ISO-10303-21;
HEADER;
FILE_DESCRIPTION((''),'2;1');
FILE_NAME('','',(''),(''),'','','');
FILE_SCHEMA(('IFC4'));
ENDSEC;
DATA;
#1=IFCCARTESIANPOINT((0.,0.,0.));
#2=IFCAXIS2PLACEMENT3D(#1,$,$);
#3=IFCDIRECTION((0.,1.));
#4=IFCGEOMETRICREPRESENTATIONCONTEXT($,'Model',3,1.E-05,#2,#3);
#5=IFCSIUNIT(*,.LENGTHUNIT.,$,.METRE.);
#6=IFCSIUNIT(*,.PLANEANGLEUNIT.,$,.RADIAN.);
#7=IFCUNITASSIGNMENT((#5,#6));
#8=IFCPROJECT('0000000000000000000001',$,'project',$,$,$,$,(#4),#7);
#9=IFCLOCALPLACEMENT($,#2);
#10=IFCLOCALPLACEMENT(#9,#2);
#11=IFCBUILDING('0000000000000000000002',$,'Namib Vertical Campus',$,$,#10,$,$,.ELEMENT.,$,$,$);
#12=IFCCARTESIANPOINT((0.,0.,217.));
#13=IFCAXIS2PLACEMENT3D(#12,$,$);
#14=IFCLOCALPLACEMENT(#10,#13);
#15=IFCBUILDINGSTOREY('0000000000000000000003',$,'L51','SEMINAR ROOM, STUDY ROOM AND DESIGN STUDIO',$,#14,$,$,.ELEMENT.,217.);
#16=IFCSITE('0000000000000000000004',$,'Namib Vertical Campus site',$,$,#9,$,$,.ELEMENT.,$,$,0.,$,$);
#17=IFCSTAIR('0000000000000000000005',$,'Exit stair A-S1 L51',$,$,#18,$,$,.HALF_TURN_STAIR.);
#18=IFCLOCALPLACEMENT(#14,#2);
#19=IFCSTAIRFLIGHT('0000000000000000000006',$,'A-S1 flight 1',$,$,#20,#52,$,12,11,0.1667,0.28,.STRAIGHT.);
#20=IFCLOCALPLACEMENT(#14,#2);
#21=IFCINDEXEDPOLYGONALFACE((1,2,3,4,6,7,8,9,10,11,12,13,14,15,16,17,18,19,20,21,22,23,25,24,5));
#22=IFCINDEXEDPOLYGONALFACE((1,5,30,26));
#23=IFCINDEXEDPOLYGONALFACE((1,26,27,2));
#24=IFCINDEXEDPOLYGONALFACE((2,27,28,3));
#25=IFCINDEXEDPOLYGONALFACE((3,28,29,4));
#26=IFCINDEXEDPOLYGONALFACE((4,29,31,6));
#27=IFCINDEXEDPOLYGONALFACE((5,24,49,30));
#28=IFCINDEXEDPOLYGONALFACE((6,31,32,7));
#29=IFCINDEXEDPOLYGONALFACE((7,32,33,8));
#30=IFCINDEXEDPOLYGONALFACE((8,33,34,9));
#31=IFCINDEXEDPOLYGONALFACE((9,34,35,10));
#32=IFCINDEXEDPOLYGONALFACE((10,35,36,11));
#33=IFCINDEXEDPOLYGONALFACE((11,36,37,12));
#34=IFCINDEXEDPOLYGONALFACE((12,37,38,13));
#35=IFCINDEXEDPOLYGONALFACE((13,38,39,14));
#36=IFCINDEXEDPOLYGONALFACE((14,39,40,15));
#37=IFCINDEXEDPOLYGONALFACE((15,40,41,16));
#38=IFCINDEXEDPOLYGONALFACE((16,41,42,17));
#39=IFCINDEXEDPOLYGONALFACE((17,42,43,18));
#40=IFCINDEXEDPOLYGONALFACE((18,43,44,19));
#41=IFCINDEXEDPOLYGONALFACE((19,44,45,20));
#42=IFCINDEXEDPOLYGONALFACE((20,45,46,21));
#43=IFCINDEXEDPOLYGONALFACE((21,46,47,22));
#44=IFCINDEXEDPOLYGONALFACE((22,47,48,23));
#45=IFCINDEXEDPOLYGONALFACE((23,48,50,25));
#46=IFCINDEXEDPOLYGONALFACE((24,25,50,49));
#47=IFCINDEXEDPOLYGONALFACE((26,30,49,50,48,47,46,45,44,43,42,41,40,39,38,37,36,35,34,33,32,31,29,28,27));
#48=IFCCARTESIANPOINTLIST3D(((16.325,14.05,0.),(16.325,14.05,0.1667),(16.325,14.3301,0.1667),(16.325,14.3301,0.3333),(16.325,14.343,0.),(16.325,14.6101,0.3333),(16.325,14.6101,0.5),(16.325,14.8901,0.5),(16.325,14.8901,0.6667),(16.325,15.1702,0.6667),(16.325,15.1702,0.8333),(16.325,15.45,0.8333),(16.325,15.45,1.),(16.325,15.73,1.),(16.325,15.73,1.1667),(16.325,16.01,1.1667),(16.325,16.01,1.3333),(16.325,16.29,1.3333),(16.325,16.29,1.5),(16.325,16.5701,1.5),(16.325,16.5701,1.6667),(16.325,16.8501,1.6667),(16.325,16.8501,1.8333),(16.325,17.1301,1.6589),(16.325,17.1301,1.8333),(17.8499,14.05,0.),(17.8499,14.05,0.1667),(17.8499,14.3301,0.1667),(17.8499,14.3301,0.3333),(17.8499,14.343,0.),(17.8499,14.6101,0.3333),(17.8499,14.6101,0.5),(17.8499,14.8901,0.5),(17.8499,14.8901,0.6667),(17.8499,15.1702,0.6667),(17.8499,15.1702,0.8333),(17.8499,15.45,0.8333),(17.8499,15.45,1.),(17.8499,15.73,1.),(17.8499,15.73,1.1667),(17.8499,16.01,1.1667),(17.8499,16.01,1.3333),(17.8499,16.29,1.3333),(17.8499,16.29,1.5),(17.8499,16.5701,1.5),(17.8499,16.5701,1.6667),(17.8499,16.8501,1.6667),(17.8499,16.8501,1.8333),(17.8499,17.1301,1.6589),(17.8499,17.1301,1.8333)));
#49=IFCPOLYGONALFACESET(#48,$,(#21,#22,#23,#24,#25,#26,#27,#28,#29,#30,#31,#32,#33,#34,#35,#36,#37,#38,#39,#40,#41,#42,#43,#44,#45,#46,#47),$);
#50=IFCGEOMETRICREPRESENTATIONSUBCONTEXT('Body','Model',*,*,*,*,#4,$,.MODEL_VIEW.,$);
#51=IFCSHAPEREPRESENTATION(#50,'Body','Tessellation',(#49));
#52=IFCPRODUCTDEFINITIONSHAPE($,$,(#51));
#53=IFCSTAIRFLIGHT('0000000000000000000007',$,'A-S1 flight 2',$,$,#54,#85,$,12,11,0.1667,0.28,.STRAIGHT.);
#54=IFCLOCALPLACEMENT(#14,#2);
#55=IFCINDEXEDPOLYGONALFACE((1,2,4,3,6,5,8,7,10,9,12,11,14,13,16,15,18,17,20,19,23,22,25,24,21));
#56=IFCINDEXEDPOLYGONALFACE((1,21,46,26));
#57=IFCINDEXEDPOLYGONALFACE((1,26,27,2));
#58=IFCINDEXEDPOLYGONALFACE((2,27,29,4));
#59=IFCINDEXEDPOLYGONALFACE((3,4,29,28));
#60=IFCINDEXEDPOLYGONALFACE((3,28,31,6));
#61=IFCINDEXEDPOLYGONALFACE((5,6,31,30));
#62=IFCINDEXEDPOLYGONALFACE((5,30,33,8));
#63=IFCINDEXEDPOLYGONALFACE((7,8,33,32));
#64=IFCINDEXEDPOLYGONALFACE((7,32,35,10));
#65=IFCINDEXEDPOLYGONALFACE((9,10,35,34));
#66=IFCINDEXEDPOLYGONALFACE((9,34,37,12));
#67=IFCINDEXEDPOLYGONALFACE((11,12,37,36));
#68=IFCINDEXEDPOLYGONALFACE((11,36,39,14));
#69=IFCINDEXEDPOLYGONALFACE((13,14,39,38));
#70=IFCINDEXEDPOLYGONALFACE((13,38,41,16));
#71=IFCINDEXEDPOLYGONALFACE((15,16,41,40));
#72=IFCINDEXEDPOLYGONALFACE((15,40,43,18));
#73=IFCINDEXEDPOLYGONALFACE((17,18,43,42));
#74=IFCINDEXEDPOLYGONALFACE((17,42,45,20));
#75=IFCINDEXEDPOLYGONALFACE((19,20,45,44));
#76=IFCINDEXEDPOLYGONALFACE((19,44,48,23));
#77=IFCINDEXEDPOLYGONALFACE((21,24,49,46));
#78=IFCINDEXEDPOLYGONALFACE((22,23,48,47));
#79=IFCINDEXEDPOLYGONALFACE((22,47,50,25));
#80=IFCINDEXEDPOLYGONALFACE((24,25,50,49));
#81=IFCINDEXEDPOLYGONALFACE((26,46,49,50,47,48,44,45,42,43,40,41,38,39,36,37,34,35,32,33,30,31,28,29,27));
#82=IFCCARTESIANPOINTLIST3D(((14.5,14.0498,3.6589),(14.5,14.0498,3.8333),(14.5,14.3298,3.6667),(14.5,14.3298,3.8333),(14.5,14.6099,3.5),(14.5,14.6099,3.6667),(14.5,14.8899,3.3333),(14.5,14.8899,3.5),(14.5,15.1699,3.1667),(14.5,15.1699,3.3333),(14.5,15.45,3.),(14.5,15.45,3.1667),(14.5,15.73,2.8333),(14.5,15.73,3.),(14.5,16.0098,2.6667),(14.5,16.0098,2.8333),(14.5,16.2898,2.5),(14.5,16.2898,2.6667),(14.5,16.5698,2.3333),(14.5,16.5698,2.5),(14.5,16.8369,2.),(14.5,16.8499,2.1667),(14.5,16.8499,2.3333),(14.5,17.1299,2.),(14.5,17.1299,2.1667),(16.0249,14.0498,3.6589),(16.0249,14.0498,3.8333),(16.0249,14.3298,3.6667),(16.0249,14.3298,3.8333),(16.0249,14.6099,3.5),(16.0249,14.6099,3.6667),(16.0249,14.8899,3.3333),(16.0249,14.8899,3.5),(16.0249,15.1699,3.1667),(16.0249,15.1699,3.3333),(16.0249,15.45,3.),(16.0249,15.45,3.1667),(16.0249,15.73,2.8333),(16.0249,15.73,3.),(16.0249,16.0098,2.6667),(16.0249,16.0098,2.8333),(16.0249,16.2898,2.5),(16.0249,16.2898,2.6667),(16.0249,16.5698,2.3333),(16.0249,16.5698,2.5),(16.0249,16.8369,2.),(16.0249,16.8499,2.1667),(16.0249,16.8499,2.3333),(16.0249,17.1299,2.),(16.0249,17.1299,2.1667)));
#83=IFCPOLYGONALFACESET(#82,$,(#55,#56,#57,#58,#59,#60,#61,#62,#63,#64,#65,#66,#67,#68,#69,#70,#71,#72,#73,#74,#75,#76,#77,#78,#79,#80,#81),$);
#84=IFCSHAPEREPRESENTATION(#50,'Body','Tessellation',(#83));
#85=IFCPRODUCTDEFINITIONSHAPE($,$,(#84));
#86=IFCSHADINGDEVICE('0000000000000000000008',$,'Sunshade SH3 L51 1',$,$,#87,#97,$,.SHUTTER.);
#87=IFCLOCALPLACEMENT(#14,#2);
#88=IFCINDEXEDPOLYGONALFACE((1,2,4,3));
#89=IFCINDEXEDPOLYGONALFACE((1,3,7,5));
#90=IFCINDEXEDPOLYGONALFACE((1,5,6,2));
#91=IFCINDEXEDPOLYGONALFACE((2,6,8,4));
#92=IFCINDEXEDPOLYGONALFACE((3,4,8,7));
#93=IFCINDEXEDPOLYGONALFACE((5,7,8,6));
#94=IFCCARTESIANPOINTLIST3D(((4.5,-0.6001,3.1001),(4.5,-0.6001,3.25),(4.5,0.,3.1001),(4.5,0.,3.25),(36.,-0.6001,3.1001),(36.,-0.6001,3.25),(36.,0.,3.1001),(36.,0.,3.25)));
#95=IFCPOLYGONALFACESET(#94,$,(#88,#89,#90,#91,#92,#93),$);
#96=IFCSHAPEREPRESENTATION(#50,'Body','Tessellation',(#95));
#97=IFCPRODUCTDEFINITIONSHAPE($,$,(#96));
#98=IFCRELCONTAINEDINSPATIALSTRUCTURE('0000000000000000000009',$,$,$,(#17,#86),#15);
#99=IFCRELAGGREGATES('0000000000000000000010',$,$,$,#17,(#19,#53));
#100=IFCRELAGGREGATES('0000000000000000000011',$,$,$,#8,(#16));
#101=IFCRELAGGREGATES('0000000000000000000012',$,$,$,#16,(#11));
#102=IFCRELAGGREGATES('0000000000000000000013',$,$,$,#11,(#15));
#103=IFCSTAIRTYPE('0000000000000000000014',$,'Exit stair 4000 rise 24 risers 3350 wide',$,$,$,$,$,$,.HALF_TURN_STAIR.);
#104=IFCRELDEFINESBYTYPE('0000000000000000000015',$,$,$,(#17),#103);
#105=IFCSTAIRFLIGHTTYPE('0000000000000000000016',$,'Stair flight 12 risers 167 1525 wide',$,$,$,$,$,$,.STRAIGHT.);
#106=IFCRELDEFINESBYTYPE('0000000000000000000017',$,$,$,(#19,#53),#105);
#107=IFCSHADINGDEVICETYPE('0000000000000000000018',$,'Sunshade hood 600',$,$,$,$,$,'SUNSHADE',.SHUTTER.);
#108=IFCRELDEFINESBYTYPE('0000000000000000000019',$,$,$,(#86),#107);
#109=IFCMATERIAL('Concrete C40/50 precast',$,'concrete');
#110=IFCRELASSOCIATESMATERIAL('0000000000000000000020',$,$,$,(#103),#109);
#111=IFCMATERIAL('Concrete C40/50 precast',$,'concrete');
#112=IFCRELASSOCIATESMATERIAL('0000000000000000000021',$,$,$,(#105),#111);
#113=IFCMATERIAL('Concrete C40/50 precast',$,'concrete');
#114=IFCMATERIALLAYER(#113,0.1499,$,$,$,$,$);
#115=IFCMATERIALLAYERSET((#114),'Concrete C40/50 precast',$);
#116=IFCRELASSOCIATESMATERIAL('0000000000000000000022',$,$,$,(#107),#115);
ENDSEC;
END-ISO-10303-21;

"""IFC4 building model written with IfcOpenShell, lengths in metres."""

from ifc_helpers import new_model, si_unit, direction, frame, origin, origin_2d, place, context, subcontext, project, spatial, polyline, rectangle, outline, extrude, material, layer, layer_set, type_object, element, aggregate, save


model = new_model("IFC4")

# Units and contexts
model_context = context("Model", 3, precision=1e-05, world=origin(), true_north=direction((0.0, 1.0)))
body_context = subcontext(model_context, "Body", "Model", "MODEL_VIEW")
ifc_project = project(units=[si_unit("LENGTHUNIT", "METRE"), si_unit("PLANEANGLEUNIT", "RADIAN")], contexts=[model_context])

# Site, building, storey
site_placement = place(None, origin())
site = spatial("IfcSite", under=ifc_project, at=site_placement, Name="Namib Vertical Campus site", CompositionType="ELEMENT", RefElevation=0.0)
building_placement = place(site_placement, origin())
building = spatial("IfcBuilding", under=site, at=building_placement, Name="Namib Vertical Campus", CompositionType="ELEMENT")
storey_placement = place(building_placement, frame((0.0, 0.0, 217.0)))
storey = spatial("IfcBuildingStorey", under=building, at=storey_placement, Name="L51", Description="SEMINAR ROOM, STUDY ROOM AND DESIGN STUDIO", CompositionType="ELEMENT", Elevation=217.0)

# Stair, stair flights
ifc_material_1 = material(Name="Concrete C40/50 precast", Category="concrete")
stair_type = type_object("IfcStairType", Name="Exit stair 4000 rise 24 risers 3350 wide", PredefinedType="HALF_TURN_STAIR", material=ifc_material_1)
stair_placement = place(storey_placement, origin())
stair = element("IfcStair", 1, at=stair_placement, inside=storey, type_object=stair_type, Name="Exit stair A-S1 L51", PredefinedType="HALF_TURN_STAIR")
ifc_material_2 = material(Name="Concrete C40/50 precast", Category="concrete")
stair_flight_type = type_object("IfcStairFlightType", Name="Stair flight 12 risers 167 1525 wide", PredefinedType="STRAIGHT", material=ifc_material_2)
stair_flight_1_placement = place(storey_placement, frame((17.0874, 14.05, 0.0), z_axis=(0.0, 0.0, 1.0), x_axis=(0.0, 1.0, 0.0)))
stair_flight_1 = element("IfcStairFlight", 2, at=stair_flight_1_placement, type_object=stair_flight_type, Name="A-S1 flight 1", NumberOfRisers=12, NumberOfTreads=11, PredefinedType="STRAIGHT", RiserHeight=0.1667, TreadLength=0.28, context=body_context, shape_type="SweptSolid", body=[
    extrude(outline(polyline([(0.0, 0.0), (0.0, 0.1667), (0.28, 0.1667), (0.28, 0.3333), (0.5601, 0.3333), (0.5601, 0.5), (0.8401, 0.5), (0.8401, 0.6667), (1.1201, 0.6667), (1.1201, 0.8333), (1.3999, 0.8333), (1.3999, 1.0), (1.6799, 1.0), (1.6799, 1.1667), (1.96, 1.1667), (1.96, 1.3333), (2.24, 1.3333), (2.24, 1.5), (2.52, 1.5), (2.52, 1.6667), (2.8, 1.6667), (2.8, 1.8333), (3.0801, 1.8333), (3.0801, 2.0), (3.0801, 1.6589), (0.293, 0.0), (0.0, 0.0)])), frame((0.0, 0.7625, 0.0), z_axis=(0.0, -1.0, 0.0), x_axis=(1.0, 0.0, 0.0)), (0.0, 0.0, 1.0), 1.5249),
])
stair_flight_2_placement = place(storey_placement, frame((15.2625, 17.1299, 2.0), z_axis=(0.0, 0.0, 1.0), x_axis=(0.0, -1.0, 0.0)))
stair_flight_2 = element("IfcStairFlight", 3, at=stair_flight_2_placement, type_object=stair_flight_type, Name="A-S1 flight 2", NumberOfRisers=12, NumberOfTreads=11, PredefinedType="STRAIGHT", RiserHeight=0.1667, TreadLength=0.28, context=body_context, shape_type="SweptSolid", body=[
    extrude(outline(polyline([(0.0, 0.0), (0.0, 0.1667), (0.28, 0.1667), (0.28, 0.3333), (0.5601, 0.3333), (0.5601, 0.5), (0.8401, 0.5), (0.8401, 0.6667), (1.1201, 0.6667), (1.1201, 0.8333), (1.3999, 0.8333), (1.3999, 1.0), (1.6799, 1.0), (1.6799, 1.1667), (1.96, 1.1667), (1.96, 1.3333), (2.24, 1.3333), (2.24, 1.5), (2.52, 1.5), (2.52, 1.6667), (2.8, 1.6667), (2.8, 1.8333), (3.0801, 1.8333), (3.0801, 2.0), (3.0801, 1.6589), (0.293, 0.0), (0.0, 0.0)])), frame((0.0, 0.7625, 0.0), z_axis=(0.0, -1.0, 0.0), x_axis=(1.0, 0.0, 0.0)), (0.0, 0.0, 1.0), 1.5249),
])
aggregate(stair, [stair_flight_1, stair_flight_2])

# Shading device
ifc_material_3 = material(Name="Concrete C40/50 precast", Category="concrete")
ifc_layer_1 = layer(ifc_material_3, 0.1499)
ifc_layer_set_1 = layer_set([ifc_layer_1], Name="Concrete C40/50 precast")
shading_device_type = type_object("IfcShadingDeviceType", Name="Sunshade hood 600", ElementType="SUNSHADE", PredefinedType="SHUTTER", material=ifc_layer_set_1)
shading_device_placement = place(storey_placement, frame((20.25, -0.3, 3.1001), z_axis=(0.0, 0.0, 1.0), x_axis=(1.0, 0.0, 0.0)))
element("IfcShadingDevice", 4, at=shading_device_placement, inside=storey, type_object=shading_device_type, Name="Sunshade SH3 L51 1", PredefinedType="SHUTTER", context=body_context, shape_type="SweptSolid", body=[
    extrude(rectangle(XDim=31.5, YDim=0.6001, at=origin_2d()), origin(), (0.0, 0.0, 1.0), 0.1499),
])

save(model, "model.ifc")
